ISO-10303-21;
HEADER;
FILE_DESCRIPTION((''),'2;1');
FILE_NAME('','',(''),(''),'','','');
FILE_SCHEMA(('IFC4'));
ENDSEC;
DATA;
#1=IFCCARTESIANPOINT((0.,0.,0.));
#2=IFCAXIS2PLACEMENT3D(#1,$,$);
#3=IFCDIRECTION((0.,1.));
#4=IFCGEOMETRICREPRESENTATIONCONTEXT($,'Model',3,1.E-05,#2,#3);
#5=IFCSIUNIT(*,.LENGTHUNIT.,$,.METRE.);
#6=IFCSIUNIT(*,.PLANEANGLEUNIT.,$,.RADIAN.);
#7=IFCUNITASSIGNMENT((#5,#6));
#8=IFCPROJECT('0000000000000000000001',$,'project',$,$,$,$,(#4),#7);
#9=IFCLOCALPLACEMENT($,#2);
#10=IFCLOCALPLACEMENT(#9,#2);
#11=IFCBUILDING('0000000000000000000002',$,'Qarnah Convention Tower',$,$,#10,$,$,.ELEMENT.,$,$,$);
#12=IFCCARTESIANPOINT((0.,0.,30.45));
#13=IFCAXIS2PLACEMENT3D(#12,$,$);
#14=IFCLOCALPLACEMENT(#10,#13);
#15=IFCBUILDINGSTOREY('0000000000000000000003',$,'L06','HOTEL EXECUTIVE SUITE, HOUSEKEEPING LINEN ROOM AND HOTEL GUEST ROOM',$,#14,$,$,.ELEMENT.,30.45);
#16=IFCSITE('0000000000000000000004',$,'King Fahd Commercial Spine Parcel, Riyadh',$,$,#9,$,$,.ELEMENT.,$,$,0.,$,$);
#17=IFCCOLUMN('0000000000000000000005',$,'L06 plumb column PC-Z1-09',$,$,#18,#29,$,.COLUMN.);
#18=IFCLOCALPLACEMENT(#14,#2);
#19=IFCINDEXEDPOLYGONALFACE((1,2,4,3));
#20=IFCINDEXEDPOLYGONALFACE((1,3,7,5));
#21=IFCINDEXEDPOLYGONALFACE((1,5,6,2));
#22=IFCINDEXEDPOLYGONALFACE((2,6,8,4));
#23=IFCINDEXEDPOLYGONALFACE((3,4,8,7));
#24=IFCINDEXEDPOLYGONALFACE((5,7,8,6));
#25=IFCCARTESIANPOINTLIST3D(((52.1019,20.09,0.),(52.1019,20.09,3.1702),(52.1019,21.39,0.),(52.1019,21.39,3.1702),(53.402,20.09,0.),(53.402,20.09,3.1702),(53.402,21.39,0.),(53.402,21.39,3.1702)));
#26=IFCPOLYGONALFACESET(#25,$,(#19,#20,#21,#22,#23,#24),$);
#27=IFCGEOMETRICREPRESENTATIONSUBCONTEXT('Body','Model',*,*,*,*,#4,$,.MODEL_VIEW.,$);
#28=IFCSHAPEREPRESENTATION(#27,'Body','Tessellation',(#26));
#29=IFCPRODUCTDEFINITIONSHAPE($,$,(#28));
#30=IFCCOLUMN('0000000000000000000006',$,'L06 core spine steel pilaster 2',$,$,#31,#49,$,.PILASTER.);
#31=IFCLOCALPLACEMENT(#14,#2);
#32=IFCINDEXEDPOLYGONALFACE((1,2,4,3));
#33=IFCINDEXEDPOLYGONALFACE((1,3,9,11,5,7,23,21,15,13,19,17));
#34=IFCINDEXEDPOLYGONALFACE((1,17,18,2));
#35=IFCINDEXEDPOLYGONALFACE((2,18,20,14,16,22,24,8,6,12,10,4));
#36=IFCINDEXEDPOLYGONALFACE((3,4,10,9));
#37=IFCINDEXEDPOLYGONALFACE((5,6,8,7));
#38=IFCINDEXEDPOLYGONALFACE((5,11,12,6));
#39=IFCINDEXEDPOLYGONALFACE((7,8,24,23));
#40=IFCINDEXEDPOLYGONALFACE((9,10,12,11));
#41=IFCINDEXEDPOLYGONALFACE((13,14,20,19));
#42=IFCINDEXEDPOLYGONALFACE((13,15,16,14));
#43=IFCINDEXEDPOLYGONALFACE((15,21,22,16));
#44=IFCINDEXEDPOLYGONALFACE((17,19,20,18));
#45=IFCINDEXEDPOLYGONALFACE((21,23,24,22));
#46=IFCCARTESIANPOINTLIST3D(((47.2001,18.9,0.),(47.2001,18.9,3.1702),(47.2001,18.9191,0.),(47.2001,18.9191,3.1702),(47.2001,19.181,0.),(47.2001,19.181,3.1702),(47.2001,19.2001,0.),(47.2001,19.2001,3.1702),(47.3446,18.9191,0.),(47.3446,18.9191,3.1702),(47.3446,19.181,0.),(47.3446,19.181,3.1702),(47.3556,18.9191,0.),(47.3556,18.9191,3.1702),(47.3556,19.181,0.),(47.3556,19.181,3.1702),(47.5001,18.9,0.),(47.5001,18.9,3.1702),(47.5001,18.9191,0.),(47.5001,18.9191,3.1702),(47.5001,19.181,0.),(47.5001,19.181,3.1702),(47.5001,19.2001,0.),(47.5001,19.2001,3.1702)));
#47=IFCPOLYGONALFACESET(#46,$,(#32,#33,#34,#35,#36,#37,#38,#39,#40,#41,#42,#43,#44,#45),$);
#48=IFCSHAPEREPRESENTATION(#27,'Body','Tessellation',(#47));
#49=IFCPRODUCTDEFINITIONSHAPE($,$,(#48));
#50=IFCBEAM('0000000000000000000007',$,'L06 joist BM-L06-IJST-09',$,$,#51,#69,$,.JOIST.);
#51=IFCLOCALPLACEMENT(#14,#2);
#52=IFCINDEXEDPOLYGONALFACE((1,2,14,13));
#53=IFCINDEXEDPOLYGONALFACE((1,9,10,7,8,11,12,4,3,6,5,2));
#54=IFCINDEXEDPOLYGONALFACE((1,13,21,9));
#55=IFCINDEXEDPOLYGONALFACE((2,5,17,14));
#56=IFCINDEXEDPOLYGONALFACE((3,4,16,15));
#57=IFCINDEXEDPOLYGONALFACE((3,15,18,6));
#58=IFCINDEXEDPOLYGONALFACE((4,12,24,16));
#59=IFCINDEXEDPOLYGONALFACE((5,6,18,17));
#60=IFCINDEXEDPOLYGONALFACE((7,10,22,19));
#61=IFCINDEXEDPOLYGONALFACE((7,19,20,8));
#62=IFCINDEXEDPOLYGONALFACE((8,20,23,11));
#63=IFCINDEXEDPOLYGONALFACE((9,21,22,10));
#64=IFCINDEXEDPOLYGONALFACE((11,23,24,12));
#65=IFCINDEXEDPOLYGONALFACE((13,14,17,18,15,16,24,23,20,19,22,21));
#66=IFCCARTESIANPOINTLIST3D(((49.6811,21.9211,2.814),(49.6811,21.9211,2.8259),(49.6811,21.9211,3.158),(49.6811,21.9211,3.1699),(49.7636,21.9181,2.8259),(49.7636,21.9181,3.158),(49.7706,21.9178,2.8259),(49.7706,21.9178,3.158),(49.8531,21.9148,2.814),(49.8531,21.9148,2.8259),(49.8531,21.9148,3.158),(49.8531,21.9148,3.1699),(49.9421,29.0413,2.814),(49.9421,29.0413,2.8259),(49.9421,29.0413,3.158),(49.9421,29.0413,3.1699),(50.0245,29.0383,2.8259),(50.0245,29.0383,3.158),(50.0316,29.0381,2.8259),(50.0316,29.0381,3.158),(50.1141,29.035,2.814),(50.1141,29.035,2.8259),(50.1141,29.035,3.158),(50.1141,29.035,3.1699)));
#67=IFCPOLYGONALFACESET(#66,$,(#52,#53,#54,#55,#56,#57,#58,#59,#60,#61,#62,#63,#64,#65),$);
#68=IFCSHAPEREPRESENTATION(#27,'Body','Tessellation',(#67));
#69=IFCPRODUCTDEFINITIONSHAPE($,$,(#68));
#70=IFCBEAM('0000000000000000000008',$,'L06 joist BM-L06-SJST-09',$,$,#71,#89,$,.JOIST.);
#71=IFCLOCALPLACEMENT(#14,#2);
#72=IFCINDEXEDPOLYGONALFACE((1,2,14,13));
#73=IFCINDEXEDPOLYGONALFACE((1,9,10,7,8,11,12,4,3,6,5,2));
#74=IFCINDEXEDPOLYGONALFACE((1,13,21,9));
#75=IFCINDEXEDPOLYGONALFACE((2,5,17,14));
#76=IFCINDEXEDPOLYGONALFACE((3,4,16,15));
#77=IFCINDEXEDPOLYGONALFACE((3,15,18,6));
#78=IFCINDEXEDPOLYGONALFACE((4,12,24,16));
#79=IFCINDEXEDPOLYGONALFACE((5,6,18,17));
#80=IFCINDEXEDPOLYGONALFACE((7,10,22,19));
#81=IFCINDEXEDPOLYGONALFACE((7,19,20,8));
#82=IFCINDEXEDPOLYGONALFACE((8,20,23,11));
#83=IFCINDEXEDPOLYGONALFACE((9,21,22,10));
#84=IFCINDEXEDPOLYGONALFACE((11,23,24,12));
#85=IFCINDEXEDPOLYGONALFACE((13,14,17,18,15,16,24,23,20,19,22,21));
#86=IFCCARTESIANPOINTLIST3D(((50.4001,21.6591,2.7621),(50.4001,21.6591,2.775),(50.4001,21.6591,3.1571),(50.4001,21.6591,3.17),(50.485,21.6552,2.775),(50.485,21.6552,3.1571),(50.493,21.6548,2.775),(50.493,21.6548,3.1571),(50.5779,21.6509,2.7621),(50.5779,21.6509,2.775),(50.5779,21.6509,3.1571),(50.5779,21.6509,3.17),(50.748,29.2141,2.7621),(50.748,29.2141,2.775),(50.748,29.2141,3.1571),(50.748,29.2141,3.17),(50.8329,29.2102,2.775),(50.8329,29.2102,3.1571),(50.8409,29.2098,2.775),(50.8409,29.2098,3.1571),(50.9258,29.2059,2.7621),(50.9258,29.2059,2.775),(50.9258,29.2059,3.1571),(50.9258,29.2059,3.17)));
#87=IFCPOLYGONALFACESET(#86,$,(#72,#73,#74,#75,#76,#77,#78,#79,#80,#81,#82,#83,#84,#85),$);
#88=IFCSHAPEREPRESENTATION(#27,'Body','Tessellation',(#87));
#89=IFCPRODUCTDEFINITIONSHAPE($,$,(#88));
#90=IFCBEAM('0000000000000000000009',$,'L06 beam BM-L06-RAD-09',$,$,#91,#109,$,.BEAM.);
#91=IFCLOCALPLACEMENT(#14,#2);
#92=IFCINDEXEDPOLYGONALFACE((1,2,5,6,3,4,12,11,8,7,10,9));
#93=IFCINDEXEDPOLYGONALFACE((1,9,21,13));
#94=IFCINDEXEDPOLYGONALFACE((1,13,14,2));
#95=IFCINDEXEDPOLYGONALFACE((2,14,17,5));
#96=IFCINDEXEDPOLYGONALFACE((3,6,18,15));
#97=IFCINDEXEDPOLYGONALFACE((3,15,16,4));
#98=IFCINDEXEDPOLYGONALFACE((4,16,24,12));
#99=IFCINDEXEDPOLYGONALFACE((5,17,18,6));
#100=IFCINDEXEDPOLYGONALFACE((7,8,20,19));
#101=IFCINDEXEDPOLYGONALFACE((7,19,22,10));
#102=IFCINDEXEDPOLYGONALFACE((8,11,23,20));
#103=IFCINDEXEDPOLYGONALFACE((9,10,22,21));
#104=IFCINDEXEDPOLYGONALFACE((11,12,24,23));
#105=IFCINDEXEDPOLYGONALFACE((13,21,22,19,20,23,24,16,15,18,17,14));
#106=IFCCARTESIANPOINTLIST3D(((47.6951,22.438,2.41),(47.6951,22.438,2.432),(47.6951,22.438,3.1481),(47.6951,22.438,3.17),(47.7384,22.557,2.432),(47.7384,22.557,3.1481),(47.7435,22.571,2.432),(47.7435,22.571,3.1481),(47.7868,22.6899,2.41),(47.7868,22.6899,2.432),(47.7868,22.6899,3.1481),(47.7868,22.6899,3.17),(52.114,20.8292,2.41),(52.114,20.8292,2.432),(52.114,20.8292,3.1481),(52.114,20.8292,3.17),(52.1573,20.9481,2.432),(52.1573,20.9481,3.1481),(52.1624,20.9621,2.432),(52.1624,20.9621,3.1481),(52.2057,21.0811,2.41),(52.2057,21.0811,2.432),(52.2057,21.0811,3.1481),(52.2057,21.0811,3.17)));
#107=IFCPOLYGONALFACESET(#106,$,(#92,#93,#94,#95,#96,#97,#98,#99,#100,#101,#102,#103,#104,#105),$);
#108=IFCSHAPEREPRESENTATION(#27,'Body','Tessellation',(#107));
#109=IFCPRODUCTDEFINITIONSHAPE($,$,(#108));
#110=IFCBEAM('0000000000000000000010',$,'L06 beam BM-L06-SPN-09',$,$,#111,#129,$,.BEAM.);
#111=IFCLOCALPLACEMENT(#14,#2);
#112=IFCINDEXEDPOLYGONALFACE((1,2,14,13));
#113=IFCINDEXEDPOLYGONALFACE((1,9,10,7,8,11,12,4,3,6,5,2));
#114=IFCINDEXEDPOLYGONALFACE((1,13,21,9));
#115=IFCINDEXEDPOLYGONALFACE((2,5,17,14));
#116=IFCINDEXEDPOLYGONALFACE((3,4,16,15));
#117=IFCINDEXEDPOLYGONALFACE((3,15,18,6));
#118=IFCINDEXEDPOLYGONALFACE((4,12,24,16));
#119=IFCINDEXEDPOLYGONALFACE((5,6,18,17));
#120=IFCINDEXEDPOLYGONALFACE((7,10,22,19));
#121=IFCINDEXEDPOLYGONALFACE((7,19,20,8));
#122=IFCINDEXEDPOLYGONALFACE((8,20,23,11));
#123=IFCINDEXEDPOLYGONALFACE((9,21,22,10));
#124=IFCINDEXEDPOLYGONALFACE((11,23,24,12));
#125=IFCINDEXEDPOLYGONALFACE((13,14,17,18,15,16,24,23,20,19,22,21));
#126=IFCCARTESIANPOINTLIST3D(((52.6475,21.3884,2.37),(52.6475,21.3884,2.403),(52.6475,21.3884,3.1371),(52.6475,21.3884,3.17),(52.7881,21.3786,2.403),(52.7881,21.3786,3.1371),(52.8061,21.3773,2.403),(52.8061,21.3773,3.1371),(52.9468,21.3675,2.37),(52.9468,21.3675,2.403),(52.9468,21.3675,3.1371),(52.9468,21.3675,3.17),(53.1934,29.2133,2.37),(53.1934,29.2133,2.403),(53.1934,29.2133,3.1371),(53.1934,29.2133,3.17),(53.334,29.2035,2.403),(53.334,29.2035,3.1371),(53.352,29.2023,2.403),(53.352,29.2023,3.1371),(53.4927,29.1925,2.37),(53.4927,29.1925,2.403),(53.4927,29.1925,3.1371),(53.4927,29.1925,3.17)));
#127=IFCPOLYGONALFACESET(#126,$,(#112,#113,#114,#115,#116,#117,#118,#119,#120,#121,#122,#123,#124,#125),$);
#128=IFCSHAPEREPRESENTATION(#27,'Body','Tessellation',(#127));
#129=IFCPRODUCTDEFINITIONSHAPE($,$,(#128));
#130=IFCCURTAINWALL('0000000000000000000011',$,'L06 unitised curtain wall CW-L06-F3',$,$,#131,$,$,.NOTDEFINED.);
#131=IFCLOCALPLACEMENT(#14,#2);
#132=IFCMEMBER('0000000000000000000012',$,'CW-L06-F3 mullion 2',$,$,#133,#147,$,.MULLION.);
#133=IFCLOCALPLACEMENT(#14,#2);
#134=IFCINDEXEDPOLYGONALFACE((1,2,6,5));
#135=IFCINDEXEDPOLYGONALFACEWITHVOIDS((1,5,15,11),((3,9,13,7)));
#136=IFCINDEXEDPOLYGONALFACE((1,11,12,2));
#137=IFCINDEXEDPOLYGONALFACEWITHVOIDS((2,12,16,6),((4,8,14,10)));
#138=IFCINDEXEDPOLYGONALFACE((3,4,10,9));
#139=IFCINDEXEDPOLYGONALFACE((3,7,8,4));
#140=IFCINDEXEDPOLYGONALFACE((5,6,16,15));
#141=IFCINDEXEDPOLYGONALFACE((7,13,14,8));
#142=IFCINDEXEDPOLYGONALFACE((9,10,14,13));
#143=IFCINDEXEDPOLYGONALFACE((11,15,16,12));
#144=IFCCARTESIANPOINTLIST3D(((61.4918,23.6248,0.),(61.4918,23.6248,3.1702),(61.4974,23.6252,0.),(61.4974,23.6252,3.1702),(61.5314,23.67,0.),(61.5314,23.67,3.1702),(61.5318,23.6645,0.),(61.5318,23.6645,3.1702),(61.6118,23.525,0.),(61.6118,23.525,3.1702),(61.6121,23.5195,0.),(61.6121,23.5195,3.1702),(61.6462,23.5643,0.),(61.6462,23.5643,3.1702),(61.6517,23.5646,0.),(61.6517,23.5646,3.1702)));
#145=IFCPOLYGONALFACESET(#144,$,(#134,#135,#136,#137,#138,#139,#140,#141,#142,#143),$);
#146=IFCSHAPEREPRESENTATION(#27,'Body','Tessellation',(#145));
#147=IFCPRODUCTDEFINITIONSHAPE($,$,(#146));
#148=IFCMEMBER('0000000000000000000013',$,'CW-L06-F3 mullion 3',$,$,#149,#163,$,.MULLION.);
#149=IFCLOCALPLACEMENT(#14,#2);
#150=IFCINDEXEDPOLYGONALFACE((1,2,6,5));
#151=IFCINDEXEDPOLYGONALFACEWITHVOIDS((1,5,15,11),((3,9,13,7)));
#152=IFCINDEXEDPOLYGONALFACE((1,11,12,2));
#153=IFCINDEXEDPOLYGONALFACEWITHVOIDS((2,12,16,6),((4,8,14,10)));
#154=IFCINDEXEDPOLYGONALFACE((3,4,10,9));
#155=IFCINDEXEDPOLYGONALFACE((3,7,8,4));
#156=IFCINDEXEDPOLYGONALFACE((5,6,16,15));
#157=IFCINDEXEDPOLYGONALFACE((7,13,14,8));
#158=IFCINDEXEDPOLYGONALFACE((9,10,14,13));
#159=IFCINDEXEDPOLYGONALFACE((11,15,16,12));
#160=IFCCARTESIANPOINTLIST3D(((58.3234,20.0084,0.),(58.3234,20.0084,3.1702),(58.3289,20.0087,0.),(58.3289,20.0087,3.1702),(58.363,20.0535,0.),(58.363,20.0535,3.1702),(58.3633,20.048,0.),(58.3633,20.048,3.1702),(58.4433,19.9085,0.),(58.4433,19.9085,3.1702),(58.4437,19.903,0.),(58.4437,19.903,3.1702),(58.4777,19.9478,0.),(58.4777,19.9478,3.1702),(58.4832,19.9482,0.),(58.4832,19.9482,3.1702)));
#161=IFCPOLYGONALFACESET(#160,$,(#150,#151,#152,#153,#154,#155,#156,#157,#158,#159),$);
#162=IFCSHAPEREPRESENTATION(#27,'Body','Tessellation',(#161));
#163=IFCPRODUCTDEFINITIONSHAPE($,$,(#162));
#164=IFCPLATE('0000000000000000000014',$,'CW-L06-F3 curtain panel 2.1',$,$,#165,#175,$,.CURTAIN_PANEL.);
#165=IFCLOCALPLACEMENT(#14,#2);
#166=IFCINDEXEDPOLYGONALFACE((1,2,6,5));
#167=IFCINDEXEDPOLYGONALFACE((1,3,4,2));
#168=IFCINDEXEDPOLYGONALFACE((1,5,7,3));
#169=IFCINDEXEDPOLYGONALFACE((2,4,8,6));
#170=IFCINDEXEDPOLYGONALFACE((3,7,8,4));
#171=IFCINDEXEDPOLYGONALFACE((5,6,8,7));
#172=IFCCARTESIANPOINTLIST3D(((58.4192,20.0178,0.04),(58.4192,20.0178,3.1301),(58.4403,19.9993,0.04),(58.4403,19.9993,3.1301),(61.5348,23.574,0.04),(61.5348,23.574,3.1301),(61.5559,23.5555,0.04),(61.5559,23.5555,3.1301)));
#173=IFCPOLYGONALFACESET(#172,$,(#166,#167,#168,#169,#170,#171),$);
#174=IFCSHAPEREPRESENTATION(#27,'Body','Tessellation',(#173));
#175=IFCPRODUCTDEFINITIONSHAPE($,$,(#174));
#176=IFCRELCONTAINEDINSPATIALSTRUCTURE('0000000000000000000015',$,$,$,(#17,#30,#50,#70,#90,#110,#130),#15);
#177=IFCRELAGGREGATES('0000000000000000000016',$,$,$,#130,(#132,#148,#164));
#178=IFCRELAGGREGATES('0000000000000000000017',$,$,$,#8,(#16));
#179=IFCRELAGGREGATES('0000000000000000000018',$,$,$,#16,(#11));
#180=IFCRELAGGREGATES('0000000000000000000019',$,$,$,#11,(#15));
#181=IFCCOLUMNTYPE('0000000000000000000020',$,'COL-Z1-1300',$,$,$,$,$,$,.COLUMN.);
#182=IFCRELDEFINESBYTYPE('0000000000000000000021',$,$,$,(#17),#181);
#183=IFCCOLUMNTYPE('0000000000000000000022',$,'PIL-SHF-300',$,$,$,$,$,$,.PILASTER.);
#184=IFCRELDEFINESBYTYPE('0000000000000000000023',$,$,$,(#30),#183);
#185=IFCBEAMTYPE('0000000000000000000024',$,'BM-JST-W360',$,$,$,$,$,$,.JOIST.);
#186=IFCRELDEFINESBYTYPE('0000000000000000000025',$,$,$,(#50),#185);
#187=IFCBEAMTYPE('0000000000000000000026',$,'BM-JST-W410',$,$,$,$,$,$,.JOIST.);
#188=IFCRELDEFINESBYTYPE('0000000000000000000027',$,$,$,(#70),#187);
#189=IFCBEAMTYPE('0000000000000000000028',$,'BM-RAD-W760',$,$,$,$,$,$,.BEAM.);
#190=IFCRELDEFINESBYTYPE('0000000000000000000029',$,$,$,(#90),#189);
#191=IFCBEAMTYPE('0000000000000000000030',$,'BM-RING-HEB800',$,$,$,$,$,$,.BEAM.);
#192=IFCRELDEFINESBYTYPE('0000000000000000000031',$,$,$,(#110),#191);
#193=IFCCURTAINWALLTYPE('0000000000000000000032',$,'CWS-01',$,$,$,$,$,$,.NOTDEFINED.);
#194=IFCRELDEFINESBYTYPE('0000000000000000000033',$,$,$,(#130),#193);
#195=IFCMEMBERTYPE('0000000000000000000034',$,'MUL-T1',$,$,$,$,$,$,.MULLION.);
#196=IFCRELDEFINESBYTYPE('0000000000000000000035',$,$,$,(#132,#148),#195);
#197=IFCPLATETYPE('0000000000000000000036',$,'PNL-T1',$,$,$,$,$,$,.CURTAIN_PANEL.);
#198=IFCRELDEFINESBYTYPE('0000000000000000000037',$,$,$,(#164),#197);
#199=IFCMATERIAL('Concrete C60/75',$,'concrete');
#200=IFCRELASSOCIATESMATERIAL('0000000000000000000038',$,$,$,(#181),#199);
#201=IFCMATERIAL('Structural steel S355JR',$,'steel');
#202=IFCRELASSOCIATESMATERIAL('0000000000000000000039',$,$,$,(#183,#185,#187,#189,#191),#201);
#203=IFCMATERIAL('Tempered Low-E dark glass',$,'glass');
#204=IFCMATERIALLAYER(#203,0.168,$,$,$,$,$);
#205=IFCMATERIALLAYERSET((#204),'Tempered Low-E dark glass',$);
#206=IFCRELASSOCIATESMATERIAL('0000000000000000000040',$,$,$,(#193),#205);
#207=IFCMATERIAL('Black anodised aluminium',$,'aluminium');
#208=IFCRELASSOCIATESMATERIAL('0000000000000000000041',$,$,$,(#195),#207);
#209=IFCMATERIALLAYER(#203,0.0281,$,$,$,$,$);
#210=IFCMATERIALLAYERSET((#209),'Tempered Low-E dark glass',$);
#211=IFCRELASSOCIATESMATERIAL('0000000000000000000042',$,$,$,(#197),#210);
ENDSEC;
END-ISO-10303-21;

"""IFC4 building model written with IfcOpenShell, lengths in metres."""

from ifc_helpers import new_model, si_unit, direction, frame, origin, origin_2d, place, context, subcontext, project, spatial, rectangle, hollow_rectangle, i_section, extrude, material, layer, layer_set, material_profile, profile_set, type_object, element, aggregate, save


model = new_model("IFC4")

# Units and contexts
model_context = context("Model", 3, precision=1e-05, world=origin(), true_north=direction((0.0, 1.0)))
body_context = subcontext(model_context, "Body", "Model", "MODEL_VIEW")
ifc_project = project(units=[si_unit("LENGTHUNIT", "METRE"), si_unit("PLANEANGLEUNIT", "RADIAN")], contexts=[model_context])

# Site, building, storey
site_placement = place(None, origin())
site = spatial("IfcSite", under=ifc_project, at=site_placement, Name="King Fahd Commercial Spine Parcel, Riyadh", CompositionType="ELEMENT", RefElevation=0.0)
building_placement = place(site_placement, origin())
building = spatial("IfcBuilding", under=site, at=building_placement, Name="Qarnah Convention Tower", CompositionType="ELEMENT")
storey_placement = place(building_placement, frame((0.0, 0.0, 30.45)))
storey = spatial("IfcBuildingStorey", under=building, at=storey_placement, Name="L06", Description="HOTEL EXECUTIVE SUITE, HOUSEKEEPING LINEN ROOM AND HOTEL GUEST ROOM", CompositionType="ELEMENT", Elevation=30.45)

# Columns
ifc_material_1 = material(Name="Concrete C60/75", Category="concrete")
ifc_material_profile_1 = material_profile(ifc_material_1, rectangle(XDim=1.3, YDim=1.3, at=origin_2d()), Name="RC-COL-1300X1300")
ifc_profile_set_1 = profile_set([ifc_material_profile_1], Name="Concrete C60/75")
column_type_1 = type_object("IfcColumnType", Name="COL-Z1-1300", PredefinedType="COLUMN", material=ifc_profile_set_1)
column_1_placement = place(storey_placement, frame((52.752, 20.74, 0.0), z_axis=(0.0, 0.0, 1.0), x_axis=(1.0, 0.0, 0.0)))
element("IfcColumn", 1, at=column_1_placement, inside=storey, type_object=column_type_1, Name="L06 plumb column PC-Z1-09", PredefinedType="COLUMN", context=body_context, shape_type="SweptSolid", body=[
    extrude(rectangle(XDim=1.3, YDim=1.3, at=origin_2d()), origin(), (0.0, 0.0, 1.0), 3.1702),
])
ifc_material_2 = material(Name="Structural steel S355JR", Category="steel")
ifc_material_profile_2 = material_profile(ifc_material_2, i_section(OverallWidth=0.3, OverallDepth=0.3, WebThickness=0.011, FlangeThickness=0.019, at=origin_2d()), Name="HEB300")
ifc_profile_set_2 = profile_set([ifc_material_profile_2], Name="Structural steel S355JR")
column_type_2 = type_object("IfcColumnType", Name="PIL-SHF-300", PredefinedType="PILASTER", material=ifc_profile_set_2)
column_2_placement = place(storey_placement, frame((47.3501, 19.05, 0.0), z_axis=(0.0, 0.0, 1.0), x_axis=(1.0, 0.0, 0.0)))
element("IfcColumn", 2, at=column_2_placement, inside=storey, type_object=column_type_2, Name="L06 core spine steel pilaster 2", PredefinedType="PILASTER", context=body_context, shape_type="SweptSolid", body=[
    extrude(i_section(OverallWidth=0.3, OverallDepth=0.3, WebThickness=0.011, FlangeThickness=0.019, at=origin_2d()), origin(), (0.0, 0.0, 1.0), 3.1702),
])

# Beams
ifc_material_profile_3 = material_profile(ifc_material_2, i_section(OverallWidth=0.1721, OverallDepth=0.356, WebThickness=0.0071, FlangeThickness=0.012, at=origin_2d()), Name="W360X51")
ifc_profile_set_3 = profile_set([ifc_material_profile_3], Name="Structural steel S355JR")
beam_type_1 = type_object("IfcBeamType", Name="BM-JST-W360", PredefinedType="JOIST", material=ifc_profile_set_3)
beam_1_placement = place(storey_placement, frame((49.7671, 21.918, 2.9919), z_axis=(0.03663, 0.999329, 0.0), x_axis=(-0.999329, 0.03663, 0.0)))
element("IfcBeam", 3, at=beam_1_placement, inside=storey, type_object=beam_type_1, Name="L06 joist BM-L06-IJST-09", PredefinedType="JOIST", context=body_context, shape_type="SweptSolid", body=[
    extrude(i_section(OverallWidth=0.1721, OverallDepth=0.356, WebThickness=0.0071, FlangeThickness=0.012, at=origin_2d()), origin(), (0.0, 0.0, 1.0), 7.125),
])
ifc_material_profile_4 = material_profile(ifc_material_2, i_section(OverallWidth=0.178, OverallDepth=0.408, WebThickness=0.0081, FlangeThickness=0.0129, at=origin_2d()), Name="W410X60")
ifc_profile_set_4 = profile_set([ifc_material_profile_4], Name="Structural steel S355JR")
beam_type_2 = type_object("IfcBeamType", Name="BM-JST-W410", PredefinedType="JOIST", material=ifc_profile_set_4)
beam_2_placement = place(storey_placement, frame((50.489, 21.655, 2.9661), z_axis=(0.046001, 0.998941, 0.0), x_axis=(-0.998941, 0.046001, 0.0)))
element("IfcBeam", 4, at=beam_2_placement, inside=storey, type_object=beam_type_2, Name="L06 joist BM-L06-SJST-09", PredefinedType="JOIST", context=body_context, shape_type="SweptSolid", body=[
    extrude(i_section(OverallWidth=0.178, OverallDepth=0.408, WebThickness=0.0081, FlangeThickness=0.0129, at=origin_2d()), origin(), (0.0, 0.0, 1.0), 7.563),
])
ifc_material_profile_5 = material_profile(ifc_material_2, i_section(OverallWidth=0.2681, OverallDepth=0.76, WebThickness=0.0149, FlangeThickness=0.022, at=origin_2d()), Name="W760X185")
ifc_profile_set_5 = profile_set([ifc_material_profile_5], Name="Structural steel S355JR")
beam_type_3 = type_object("IfcBeamType", Name="BM-RAD-W760", PredefinedType="BEAM", material=ifc_profile_set_5)
beam_3_placement = place(storey_placement, frame((47.741, 22.564, 2.79), z_axis=(0.939657, -0.342118, 0.0), x_axis=(0.342118, 0.939657, 0.0)))
element("IfcBeam", 5, at=beam_3_placement, inside=storey, type_object=beam_type_3, Name="L06 beam BM-L06-RAD-09", PredefinedType="BEAM", context=body_context, shape_type="SweptSolid", body=[
    extrude(i_section(OverallWidth=0.2681, OverallDepth=0.76, WebThickness=0.0149, FlangeThickness=0.022, at=origin_2d()), origin(), (0.0, 0.0, 1.0), 4.7026),
])
ifc_material_profile_6 = material_profile(ifc_material_2, i_section(OverallWidth=0.3, OverallDepth=0.8, WebThickness=0.0181, FlangeThickness=0.033, at=origin_2d()), Name="HEB800")
ifc_profile_set_6 = profile_set([ifc_material_profile_6], Name="Structural steel S355JR")
beam_type_4 = type_object("IfcBeamType", Name="BM-RING-HEB800", PredefinedType="BEAM", material=ifc_profile_set_6)
beam_4_placement = place(storey_placement, frame((52.7971, 21.3779, 2.77), z_axis=(0.069595, 0.997575, 0.0), x_axis=(-0.997575, 0.069595, 0.0)))
element("IfcBeam", 6, at=beam_4_placement, inside=storey, type_object=beam_type_4, Name="L06 beam BM-L06-SPN-09", PredefinedType="BEAM", context=body_context, shape_type="SweptSolid", body=[
    extrude(i_section(OverallWidth=0.3, OverallDepth=0.8, WebThickness=0.0181, FlangeThickness=0.033, at=origin_2d()), origin(), (0.0, 0.0, 1.0), 7.844),
])

# Curtain wall, members, plate
ifc_material_3 = material(Name="Tempered Low-E dark glass", Category="glass")
ifc_layer_1 = layer(ifc_material_3, 0.168)
ifc_layer_set_1 = layer_set([ifc_layer_1], Name="Tempered Low-E dark glass")
curtain_wall_type = type_object("IfcCurtainWallType", Name="CWS-01", PredefinedType="NOTDEFINED", material=ifc_layer_set_1)
curtain_wall_placement = place(storey_placement, origin())
curtain_wall = element("IfcCurtainWall", 7, at=curtain_wall_placement, inside=storey, type_object=curtain_wall_type, Name="L06 unitised curtain wall CW-L06-F3", PredefinedType="NOTDEFINED")
ifc_material_4 = material(Name="Black anodised aluminium", Category="aluminium")
ifc_material_profile_7 = material_profile(ifc_material_4, hollow_rectangle(XDim=0.0601, YDim=0.1599, WallThickness=0.0039, at=origin_2d()), Name="MUL-60X160")
ifc_profile_set_7 = profile_set([ifc_material_profile_7], Name="Black anodised aluminium")
member_type = type_object("IfcMemberType", Name="MUL-T1", PredefinedType="MULLION", material=ifc_profile_set_7)
member_1_placement = place(storey_placement, frame((61.5718, 23.5947, 0.0), z_axis=(0.0, 0.0, 1.0), x_axis=(-0.658981, -0.75216, 0.0)))
member_1 = element("IfcMember", 8, at=member_1_placement, type_object=member_type, Name="CW-L06-F3 mullion 2", PredefinedType="MULLION", context=body_context, shape_type="SweptSolid", body=[
    extrude(hollow_rectangle(XDim=0.0601, YDim=0.1599, WallThickness=0.0039, at=origin_2d()), origin(), (0.0, 0.0, 1.0), 3.1702),
])
member_2_placement = place(storey_placement, frame((58.4033, 19.9783, 0.0), z_axis=(0.0, 0.0, 1.0), x_axis=(-0.658981, -0.75216, 0.0)))
member_2 = element("IfcMember", 9, at=member_2_placement, type_object=member_type, Name="CW-L06-F3 mullion 3", PredefinedType="MULLION", context=body_context, shape_type="SweptSolid", body=[
    extrude(hollow_rectangle(XDim=0.0601, YDim=0.1599, WallThickness=0.0039, at=origin_2d()), origin(), (0.0, 0.0, 1.0), 3.1702),
])
ifc_layer_2 = layer(ifc_material_3, 0.0281)
ifc_layer_set_2 = layer_set([ifc_layer_2], Name="Tempered Low-E dark glass")
plate_type = type_object("IfcPlateType", Name="PNL-T1", PredefinedType="CURTAIN_PANEL", material=ifc_layer_set_2)
plate_placement = place(storey_placement, frame((59.9875, 21.7866, 0.04), z_axis=(0.0, 0.0, 1.0), x_axis=(-0.658981, -0.75216, 0.0)))
plate = element("IfcPlate", 10, at=plate_placement, type_object=plate_type, Name="CW-L06-F3 curtain panel 2.1", PredefinedType="CURTAIN_PANEL", context=body_context, shape_type="SweptSolid", body=[
    extrude(rectangle(XDim=4.728, YDim=0.0281, at=origin_2d()), origin(), (0.0, 0.0, 1.0), 3.0901),
])
aggregate(curtain_wall, [member_1, member_2, plate])

save(model, "model.ifc")
